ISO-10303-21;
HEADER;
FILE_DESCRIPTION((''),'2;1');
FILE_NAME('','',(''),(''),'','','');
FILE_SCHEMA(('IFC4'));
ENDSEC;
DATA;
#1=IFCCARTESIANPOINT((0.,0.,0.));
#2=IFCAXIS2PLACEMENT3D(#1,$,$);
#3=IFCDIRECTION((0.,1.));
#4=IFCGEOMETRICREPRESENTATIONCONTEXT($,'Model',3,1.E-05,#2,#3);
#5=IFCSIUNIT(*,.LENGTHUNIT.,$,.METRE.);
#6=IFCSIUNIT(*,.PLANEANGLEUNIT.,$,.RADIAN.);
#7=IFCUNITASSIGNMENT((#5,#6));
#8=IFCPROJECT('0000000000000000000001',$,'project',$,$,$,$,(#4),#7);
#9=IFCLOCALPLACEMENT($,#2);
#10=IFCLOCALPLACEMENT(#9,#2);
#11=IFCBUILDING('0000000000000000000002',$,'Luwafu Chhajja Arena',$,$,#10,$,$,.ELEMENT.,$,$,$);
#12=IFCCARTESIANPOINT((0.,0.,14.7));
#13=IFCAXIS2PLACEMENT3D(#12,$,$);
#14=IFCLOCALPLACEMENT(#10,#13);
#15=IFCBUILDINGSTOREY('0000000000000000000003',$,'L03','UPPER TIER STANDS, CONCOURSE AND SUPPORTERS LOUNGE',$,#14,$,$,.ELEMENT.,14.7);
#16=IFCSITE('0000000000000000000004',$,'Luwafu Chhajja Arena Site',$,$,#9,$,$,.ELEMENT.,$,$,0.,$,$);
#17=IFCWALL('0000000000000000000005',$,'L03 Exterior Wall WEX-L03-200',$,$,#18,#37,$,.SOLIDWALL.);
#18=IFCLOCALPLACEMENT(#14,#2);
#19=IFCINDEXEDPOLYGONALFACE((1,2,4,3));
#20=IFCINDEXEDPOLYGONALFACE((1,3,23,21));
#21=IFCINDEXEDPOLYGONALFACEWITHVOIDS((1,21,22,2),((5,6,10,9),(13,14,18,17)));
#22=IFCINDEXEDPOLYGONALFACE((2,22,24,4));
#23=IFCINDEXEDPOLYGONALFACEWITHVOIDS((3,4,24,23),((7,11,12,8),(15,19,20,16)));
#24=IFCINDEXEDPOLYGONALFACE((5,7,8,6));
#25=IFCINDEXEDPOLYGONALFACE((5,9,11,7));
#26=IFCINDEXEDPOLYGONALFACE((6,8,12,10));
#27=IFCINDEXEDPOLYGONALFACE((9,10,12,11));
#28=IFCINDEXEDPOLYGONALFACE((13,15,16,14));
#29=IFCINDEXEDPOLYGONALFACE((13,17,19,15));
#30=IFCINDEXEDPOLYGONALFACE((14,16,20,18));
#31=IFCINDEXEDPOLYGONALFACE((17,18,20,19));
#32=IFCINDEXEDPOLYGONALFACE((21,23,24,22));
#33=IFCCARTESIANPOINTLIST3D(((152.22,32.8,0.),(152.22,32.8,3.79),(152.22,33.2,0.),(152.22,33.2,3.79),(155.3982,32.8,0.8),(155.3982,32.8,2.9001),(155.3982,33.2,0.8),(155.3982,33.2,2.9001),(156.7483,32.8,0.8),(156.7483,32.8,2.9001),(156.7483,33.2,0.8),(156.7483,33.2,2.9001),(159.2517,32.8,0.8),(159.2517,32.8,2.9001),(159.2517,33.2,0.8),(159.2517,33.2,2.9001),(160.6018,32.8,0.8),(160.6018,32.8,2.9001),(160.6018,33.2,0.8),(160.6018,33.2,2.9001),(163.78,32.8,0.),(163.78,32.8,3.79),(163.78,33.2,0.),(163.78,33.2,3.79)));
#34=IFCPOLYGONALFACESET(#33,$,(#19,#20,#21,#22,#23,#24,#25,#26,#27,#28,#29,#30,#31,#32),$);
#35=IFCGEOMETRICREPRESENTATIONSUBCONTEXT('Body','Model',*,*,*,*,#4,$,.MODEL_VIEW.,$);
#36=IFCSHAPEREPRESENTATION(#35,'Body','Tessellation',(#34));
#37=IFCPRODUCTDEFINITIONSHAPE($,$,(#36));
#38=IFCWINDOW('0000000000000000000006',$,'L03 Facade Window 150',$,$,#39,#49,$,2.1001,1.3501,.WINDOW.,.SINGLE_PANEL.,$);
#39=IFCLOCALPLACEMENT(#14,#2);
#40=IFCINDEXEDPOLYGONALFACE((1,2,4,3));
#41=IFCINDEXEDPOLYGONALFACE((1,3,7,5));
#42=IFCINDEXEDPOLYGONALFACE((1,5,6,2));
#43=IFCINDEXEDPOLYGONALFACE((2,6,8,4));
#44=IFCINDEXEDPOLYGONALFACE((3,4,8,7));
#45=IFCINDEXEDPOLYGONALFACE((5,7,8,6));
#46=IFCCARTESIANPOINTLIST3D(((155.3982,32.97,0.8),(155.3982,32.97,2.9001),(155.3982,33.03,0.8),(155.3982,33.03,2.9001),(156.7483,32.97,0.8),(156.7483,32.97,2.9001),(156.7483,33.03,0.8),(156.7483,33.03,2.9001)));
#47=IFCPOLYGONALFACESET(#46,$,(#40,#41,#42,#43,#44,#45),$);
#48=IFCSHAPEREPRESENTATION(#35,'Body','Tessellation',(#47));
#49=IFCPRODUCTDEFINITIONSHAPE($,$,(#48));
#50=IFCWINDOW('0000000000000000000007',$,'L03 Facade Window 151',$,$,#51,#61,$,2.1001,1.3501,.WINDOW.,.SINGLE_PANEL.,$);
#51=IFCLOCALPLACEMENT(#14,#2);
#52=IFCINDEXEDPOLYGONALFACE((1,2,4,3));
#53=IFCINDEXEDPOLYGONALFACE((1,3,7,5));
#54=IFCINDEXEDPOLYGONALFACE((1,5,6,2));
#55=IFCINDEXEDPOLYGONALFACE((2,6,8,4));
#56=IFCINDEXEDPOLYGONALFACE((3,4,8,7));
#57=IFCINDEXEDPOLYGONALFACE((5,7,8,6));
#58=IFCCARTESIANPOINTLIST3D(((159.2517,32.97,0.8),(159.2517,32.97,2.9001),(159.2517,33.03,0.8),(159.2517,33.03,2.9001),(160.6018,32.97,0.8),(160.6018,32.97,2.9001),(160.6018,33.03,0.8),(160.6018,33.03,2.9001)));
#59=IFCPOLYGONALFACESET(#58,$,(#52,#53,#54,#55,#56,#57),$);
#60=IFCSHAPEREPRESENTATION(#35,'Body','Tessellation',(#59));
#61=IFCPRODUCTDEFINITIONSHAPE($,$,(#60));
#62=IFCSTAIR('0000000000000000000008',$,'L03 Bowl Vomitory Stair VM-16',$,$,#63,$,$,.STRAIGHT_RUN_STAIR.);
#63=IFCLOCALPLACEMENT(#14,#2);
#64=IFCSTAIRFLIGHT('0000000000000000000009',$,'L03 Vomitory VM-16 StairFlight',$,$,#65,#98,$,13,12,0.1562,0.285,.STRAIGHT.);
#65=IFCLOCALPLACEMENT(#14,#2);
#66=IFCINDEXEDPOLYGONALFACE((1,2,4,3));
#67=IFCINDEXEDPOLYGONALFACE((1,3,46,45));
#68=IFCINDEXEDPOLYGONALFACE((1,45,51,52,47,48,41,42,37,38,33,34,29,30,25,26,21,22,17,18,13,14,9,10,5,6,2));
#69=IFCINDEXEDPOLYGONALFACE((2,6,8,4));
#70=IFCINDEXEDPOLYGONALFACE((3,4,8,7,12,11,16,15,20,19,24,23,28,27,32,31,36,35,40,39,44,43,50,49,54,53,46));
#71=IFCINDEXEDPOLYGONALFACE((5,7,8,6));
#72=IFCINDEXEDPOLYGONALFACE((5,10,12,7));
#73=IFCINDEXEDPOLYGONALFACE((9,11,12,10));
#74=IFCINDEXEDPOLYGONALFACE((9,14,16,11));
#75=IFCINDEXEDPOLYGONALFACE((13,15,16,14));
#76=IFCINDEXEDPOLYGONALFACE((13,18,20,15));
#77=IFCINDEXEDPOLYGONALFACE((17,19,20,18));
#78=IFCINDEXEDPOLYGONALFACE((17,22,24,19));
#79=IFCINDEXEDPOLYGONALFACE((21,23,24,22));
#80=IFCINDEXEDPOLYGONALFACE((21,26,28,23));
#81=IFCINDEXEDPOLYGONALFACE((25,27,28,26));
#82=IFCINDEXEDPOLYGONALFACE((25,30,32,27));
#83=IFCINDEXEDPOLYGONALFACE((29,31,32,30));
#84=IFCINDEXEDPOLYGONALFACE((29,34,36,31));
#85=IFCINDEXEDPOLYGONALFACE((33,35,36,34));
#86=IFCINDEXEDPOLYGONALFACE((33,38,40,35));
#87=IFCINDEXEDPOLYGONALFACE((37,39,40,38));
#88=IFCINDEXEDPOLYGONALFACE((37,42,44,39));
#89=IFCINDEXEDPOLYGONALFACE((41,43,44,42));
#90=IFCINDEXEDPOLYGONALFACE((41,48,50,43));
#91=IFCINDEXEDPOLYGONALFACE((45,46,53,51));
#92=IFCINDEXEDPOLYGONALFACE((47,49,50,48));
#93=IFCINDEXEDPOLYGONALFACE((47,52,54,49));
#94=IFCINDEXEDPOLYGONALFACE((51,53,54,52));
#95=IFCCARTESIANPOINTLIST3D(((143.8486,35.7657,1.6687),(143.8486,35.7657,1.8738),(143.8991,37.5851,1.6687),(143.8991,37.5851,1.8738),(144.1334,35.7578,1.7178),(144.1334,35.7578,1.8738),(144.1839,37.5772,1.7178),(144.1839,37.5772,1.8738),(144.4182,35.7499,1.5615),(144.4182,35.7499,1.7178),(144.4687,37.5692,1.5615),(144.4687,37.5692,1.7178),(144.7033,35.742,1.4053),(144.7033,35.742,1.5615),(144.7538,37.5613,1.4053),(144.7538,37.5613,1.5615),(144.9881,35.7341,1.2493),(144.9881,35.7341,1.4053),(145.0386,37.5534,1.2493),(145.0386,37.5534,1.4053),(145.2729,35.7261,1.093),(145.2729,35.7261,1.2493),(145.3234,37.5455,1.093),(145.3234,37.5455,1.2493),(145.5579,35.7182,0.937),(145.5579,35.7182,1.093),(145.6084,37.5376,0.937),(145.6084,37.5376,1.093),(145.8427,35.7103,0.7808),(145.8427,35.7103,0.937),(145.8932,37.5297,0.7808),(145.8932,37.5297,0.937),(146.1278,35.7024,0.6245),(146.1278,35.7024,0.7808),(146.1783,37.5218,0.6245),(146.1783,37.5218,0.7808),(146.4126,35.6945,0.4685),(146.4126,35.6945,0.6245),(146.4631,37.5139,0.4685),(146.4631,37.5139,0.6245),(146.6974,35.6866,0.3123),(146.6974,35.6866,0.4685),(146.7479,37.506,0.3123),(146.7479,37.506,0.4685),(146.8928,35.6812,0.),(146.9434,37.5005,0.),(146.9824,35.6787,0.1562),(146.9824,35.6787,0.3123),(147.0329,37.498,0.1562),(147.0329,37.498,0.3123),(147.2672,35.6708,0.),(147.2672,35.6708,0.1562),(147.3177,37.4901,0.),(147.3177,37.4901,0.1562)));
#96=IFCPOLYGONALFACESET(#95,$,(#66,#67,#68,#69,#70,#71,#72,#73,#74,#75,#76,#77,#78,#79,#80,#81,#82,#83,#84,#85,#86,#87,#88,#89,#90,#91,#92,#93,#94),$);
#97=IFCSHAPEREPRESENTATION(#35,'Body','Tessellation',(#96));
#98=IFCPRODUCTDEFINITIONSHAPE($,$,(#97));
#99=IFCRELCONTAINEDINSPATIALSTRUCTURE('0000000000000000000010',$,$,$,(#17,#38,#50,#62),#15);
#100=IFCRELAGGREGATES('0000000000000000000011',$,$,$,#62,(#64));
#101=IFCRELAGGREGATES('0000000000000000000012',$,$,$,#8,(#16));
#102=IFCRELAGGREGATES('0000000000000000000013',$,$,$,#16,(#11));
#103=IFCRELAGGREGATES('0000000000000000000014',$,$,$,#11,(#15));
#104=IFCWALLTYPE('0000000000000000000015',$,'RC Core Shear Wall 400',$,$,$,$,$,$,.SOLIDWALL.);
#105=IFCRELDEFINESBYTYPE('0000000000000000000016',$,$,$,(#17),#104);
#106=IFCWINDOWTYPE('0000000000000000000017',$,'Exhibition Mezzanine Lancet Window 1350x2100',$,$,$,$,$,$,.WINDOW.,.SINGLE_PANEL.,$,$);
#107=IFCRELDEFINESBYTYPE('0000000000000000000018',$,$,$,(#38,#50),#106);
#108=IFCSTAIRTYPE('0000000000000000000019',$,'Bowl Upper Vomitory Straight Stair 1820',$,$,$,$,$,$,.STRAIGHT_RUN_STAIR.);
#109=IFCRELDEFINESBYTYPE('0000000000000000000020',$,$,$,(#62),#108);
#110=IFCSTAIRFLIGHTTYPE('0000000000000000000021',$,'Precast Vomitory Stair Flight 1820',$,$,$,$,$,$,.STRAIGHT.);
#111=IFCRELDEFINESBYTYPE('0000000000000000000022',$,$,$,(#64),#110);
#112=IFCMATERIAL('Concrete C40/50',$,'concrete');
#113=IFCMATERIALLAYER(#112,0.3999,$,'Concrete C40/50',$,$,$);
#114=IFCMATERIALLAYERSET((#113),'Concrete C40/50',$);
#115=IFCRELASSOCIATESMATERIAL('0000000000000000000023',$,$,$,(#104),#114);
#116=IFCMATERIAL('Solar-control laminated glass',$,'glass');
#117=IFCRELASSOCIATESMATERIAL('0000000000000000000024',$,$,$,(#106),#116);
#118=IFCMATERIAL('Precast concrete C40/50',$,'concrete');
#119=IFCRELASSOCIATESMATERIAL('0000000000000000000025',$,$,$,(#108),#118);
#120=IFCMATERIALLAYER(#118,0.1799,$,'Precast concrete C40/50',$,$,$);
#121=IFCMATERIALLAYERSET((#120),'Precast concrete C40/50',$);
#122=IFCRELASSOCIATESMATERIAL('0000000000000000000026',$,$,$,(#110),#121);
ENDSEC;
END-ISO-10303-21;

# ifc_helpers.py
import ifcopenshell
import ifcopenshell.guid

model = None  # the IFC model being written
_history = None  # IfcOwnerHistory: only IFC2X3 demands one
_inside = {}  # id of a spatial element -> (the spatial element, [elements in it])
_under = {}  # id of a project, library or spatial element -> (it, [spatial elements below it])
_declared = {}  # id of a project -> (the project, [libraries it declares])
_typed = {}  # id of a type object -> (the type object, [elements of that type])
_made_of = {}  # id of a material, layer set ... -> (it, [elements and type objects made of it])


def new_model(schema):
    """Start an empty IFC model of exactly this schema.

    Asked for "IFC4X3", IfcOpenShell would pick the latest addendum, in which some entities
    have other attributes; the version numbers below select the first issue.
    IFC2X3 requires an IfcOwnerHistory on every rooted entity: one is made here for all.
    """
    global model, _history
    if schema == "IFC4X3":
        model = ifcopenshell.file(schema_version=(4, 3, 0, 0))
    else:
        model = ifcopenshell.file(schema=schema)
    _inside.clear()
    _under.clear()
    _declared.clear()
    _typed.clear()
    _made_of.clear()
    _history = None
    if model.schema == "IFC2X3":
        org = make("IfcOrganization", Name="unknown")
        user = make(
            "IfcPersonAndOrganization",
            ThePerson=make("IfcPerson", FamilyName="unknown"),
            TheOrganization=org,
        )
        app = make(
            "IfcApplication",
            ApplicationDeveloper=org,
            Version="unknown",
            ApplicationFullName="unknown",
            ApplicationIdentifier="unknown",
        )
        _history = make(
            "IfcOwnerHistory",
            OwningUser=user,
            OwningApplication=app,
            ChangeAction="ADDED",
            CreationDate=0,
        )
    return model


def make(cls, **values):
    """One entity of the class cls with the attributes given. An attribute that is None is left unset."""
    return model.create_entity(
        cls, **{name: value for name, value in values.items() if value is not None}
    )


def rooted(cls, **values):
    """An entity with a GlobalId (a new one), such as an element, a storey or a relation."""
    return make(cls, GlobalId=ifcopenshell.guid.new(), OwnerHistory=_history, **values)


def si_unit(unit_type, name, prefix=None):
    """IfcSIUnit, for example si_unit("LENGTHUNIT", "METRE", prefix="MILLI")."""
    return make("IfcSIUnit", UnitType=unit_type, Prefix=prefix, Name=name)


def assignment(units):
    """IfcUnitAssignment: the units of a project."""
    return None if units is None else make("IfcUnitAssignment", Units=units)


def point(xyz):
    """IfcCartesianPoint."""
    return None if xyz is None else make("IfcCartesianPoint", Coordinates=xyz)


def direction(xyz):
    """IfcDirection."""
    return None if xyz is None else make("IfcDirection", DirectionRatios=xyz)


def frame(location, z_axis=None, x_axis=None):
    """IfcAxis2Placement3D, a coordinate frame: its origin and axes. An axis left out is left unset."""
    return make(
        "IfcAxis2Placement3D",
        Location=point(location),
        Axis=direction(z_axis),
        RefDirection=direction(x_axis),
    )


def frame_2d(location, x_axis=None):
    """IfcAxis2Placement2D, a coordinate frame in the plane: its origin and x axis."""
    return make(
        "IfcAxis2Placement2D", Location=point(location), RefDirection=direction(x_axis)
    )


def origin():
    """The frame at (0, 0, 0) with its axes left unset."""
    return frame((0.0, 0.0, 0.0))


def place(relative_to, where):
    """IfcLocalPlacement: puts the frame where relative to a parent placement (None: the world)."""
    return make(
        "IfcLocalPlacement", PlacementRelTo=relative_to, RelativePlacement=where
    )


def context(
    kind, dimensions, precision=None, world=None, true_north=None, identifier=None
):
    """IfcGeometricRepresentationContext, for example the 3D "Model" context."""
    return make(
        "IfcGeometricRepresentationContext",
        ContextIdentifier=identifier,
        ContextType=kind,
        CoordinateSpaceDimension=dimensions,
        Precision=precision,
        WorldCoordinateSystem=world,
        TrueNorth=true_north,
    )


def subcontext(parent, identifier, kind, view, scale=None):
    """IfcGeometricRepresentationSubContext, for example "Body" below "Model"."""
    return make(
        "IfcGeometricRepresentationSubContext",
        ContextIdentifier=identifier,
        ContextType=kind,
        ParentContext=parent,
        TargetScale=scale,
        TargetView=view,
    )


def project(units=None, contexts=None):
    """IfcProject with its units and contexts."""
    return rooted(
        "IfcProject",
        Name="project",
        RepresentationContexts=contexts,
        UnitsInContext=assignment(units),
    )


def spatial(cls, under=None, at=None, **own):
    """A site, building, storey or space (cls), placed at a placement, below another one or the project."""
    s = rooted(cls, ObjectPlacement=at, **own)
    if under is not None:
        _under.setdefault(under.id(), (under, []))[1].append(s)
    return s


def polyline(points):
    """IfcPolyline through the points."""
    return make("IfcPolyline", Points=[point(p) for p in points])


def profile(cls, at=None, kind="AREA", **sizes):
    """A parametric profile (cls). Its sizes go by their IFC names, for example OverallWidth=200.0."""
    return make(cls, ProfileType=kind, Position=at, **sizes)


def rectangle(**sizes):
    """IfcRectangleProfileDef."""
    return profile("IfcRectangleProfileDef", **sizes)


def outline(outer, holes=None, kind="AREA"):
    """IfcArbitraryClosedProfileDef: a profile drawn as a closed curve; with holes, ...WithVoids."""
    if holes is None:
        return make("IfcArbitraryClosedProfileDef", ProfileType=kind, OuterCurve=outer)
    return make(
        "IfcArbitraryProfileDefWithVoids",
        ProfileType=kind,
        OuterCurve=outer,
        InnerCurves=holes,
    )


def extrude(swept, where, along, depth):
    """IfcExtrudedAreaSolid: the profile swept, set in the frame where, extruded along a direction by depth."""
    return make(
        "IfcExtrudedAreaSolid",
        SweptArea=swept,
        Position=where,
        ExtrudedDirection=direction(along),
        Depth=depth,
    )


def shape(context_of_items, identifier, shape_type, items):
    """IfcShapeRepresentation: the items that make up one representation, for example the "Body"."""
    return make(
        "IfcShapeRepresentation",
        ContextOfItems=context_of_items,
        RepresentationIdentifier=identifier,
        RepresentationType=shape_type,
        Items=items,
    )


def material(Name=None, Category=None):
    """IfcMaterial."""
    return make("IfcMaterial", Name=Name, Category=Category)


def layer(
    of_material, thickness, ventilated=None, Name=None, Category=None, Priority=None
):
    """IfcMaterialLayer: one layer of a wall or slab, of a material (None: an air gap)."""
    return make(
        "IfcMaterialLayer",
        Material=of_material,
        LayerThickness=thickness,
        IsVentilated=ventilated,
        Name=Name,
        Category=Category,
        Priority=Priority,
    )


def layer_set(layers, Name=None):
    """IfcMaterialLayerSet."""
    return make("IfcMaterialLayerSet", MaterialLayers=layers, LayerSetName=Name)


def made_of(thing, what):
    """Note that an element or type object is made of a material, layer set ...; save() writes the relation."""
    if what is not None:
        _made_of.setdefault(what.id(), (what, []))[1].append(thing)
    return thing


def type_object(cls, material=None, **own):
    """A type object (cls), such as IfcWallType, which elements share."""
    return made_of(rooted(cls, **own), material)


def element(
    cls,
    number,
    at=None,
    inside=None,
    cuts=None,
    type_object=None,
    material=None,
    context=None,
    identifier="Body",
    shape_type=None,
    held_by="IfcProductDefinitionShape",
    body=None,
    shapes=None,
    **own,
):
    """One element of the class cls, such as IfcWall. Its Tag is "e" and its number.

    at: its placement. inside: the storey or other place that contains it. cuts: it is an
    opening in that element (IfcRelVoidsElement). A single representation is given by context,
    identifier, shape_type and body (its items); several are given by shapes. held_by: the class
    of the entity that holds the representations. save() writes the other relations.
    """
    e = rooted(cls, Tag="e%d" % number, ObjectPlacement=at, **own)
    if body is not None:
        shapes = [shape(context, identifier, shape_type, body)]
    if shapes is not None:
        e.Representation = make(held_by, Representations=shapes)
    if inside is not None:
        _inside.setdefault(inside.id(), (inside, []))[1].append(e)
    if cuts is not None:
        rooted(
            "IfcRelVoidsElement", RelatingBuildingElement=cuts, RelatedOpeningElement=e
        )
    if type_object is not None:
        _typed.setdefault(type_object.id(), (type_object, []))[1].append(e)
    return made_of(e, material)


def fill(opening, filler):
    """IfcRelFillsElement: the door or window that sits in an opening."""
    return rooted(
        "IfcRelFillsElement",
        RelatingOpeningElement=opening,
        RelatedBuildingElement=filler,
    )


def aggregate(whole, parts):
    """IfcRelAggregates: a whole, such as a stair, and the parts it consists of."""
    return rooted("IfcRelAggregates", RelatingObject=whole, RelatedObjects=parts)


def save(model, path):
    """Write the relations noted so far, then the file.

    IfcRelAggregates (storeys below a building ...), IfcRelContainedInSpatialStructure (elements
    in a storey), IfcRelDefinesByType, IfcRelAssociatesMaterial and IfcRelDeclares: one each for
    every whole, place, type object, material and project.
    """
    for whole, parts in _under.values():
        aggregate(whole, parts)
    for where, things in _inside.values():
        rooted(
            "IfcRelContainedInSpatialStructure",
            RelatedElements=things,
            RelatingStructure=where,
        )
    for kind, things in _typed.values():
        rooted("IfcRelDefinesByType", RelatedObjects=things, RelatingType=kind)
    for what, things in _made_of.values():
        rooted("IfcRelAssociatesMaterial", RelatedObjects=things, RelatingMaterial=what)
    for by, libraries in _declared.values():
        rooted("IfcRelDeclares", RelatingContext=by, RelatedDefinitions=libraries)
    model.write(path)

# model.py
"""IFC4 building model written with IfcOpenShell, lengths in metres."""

from ifc_helpers import new_model, si_unit, direction, frame, frame_2d, origin, place, context, subcontext, project, spatial, polyline, rectangle, outline, extrude, material, layer, layer_set, type_object, element, fill, aggregate, save


model = new_model("IFC4")

# Units and contexts
model_context = context("Model", 3, precision=1e-05, world=origin(), true_north=direction((0.0, 1.0)))
body_context = subcontext(model_context, "Body", "Model", "MODEL_VIEW")
ifc_project = project(units=[si_unit("LENGTHUNIT", "METRE"), si_unit("PLANEANGLEUNIT", "RADIAN")], contexts=[model_context])

# Site, building, storey
site_placement = place(None, origin())
site = spatial("IfcSite", under=ifc_project, at=site_placement, Name="Luwafu Chhajja Arena Site", CompositionType="ELEMENT", RefElevation=0.0)
building_placement = place(site_placement, origin())
building = spatial("IfcBuilding", under=site, at=building_placement, Name="Luwafu Chhajja Arena", CompositionType="ELEMENT")
storey_placement = place(building_placement, frame((0.0, 0.0, 14.7)))
storey = spatial("IfcBuildingStorey", under=building, at=storey_placement, Name="L03", Description="UPPER TIER STANDS, CONCOURSE AND SUPPORTERS LOUNGE", CompositionType="ELEMENT", Elevation=14.7)

# Shared definitions
ifc_material_1 = material(Name="Concrete C40/50", Category="concrete")

# Shared definitions
ifc_material_2 = material(Name="Precast concrete C40/50", Category="concrete")

# Shared definitions
ifc_material_3 = material(Name="Solar-control laminated glass", Category="glass")

# Wall, openings, windows
ifc_layer_1 = layer(ifc_material_1, 0.3999, Name="Concrete C40/50")
ifc_layer_set_1 = layer_set([ifc_layer_1], Name="Concrete C40/50")
wall_type_1 = type_object("IfcWallType", Name="RC Core Shear Wall 400", PredefinedType="SOLIDWALL", material=ifc_layer_set_1)
wall_1_placement = place(storey_placement, frame((152.22, 33.0, 0.0), z_axis=(0.0, 0.0, 1.0), x_axis=(1.0, 0.0, 0.0)))
wall_1 = element("IfcWall", 1, at=wall_1_placement, inside=storey, type_object=wall_type_1, Name="L03 Exterior Wall WEX-L03-200", PredefinedType="SOLIDWALL", context=body_context, shape_type="SweptSolid", body=[
    extrude(rectangle(XDim=11.5601, YDim=0.3999, at=frame_2d((5.78, 0.0))), origin(), (0.0, 0.0, 1.0), 3.79),
])
opening_1_placement = place(wall_1_placement, frame((3.1782, 0.0, 0.8)))
opening_1 = element("IfcOpeningElement", 2, at=opening_1_placement, cuts=wall_1, PredefinedType="OPENING", context=body_context, shape_type="SweptSolid", body=[
    extrude(rectangle(XDim=1.3501, YDim=2.1001, at=frame_2d((0.675, 1.05))), frame((0.0, 0.21, 0.0), z_axis=(0.0, -1.0, 0.0), x_axis=(1.0, 0.0, 0.0)), (0.0, 0.0, 1.0), 0.4199),
])
opening_2_placement = place(wall_1_placement, frame((7.0317, 0.0, 0.8)))
opening_2 = element("IfcOpeningElement", 3, at=opening_2_placement, cuts=wall_1, PredefinedType="OPENING", context=body_context, shape_type="SweptSolid", body=[
    extrude(rectangle(XDim=1.3501, YDim=2.1001, at=frame_2d((0.675, 1.05))), frame((0.0, 0.21, 0.0), z_axis=(0.0, -1.0, 0.0), x_axis=(1.0, 0.0, 0.0)), (0.0, 0.0, 1.0), 0.4199),
])
window_type_1 = type_object("IfcWindowType", Name="Exhibition Mezzanine Lancet Window 1350x2100", PartitioningType="SINGLE_PANEL", PredefinedType="WINDOW", material=ifc_material_3)
window_1_placement = place(opening_1_placement, origin())
window_1 = element("IfcWindow", 4, at=window_1_placement, inside=storey, type_object=window_type_1, Name="L03 Facade Window 150", OverallHeight=2.1001, OverallWidth=1.3501, PartitioningType="SINGLE_PANEL", PredefinedType="WINDOW", context=body_context, shape_type="SweptSolid", body=[
    extrude(rectangle(XDim=1.3501, YDim=2.1001, at=frame_2d((0.675, 1.05))), frame((0.0, 0.03, 0.0), z_axis=(0.0, -1.0, 0.0), x_axis=(1.0, 0.0, 0.0)), (0.0, 0.0, 1.0), 0.0601),
])
fill(opening_1, window_1)
window_2_placement = place(opening_2_placement, origin())
window_2 = element("IfcWindow", 5, at=window_2_placement, inside=storey, type_object=window_type_1, Name="L03 Facade Window 151", OverallHeight=2.1001, OverallWidth=1.3501, PartitioningType="SINGLE_PANEL", PredefinedType="WINDOW", context=body_context, shape_type="SweptSolid", body=[
    extrude(rectangle(XDim=1.3501, YDim=2.1001, at=frame_2d((0.675, 1.05))), frame((0.0, 0.03, 0.0), z_axis=(0.0, -1.0, 0.0), x_axis=(1.0, 0.0, 0.0)), (0.0, 0.0, 1.0), 0.0601),
])
fill(opening_2, window_2)

# Stair, stair flight
stair_type = type_object("IfcStairType", Name="Bowl Upper Vomitory Straight Stair 1820", PredefinedType="STRAIGHT_RUN_STAIR", material=ifc_material_2)
stair_placement = place(storey_placement, origin())
stair = element("IfcStair", 6, at=stair_placement, inside=storey, type_object=stair_type, Name="L03 Bowl Vomitory Stair VM-16", PredefinedType="STRAIGHT_RUN_STAIR")
ifc_layer_2 = layer(ifc_material_2, 0.1799, Name="Precast concrete C40/50")
ifc_layer_set_2 = layer_set([ifc_layer_2], Name="Precast concrete C40/50")
stair_flight_type = type_object("IfcStairFlightType", Name="Precast Vomitory Stair Flight 1820", PredefinedType="STRAIGHT", material=ifc_layer_set_2)
stair_flight_placement = place(storey_placement, frame((147.2925, 36.5806, 0.0), z_axis=(0.0, 0.0, 1.0), x_axis=(-0.999615, 0.027761, 0.0)))
stair_flight = element("IfcStairFlight", 7, at=stair_flight_placement, type_object=stair_flight_type, Name="L03 Vomitory VM-16 StairFlight", NumberOfRisers=13, NumberOfTreads=12, PredefinedType="STRAIGHT", RiserHeight=0.1562, TreadLength=0.285, context=body_context, shape_type="SweptSolid", body=[
    extrude(outline(polyline([(0.0, 0.0), (0.0, 0.1562), (0.2849, 0.1562), (0.2849, 0.3123), (0.5701, 0.3123), (0.5701, 0.4685), (0.855, 0.4685), (0.855, 0.6245), (1.1399, 0.6245), (1.1399, 0.7808), (1.425, 0.7808), (1.425, 0.937), (1.71, 0.937), (1.71, 1.093), (1.9951, 1.093), (1.9951, 1.2493), (2.28, 1.2493), (2.28, 1.4053), (2.5649, 1.4053), (2.5649, 1.5615), (2.8501, 1.5615), (2.8501, 1.7178), (3.135, 1.7178), (3.135, 1.8738), (3.4199, 1.8738), (3.4199, 2.03), (3.4199, 1.6687), (0.3745, 0.0), (0.0, 0.0)])), frame((0.0, 0.9102, 0.0), z_axis=(0.0, -1.0, 0.0), x_axis=(1.0, 0.0, 0.0)), (0.0, 0.0, 1.0), 1.8201),
])
aggregate(stair, [stair_flight])

save(model, "model.ifc")
